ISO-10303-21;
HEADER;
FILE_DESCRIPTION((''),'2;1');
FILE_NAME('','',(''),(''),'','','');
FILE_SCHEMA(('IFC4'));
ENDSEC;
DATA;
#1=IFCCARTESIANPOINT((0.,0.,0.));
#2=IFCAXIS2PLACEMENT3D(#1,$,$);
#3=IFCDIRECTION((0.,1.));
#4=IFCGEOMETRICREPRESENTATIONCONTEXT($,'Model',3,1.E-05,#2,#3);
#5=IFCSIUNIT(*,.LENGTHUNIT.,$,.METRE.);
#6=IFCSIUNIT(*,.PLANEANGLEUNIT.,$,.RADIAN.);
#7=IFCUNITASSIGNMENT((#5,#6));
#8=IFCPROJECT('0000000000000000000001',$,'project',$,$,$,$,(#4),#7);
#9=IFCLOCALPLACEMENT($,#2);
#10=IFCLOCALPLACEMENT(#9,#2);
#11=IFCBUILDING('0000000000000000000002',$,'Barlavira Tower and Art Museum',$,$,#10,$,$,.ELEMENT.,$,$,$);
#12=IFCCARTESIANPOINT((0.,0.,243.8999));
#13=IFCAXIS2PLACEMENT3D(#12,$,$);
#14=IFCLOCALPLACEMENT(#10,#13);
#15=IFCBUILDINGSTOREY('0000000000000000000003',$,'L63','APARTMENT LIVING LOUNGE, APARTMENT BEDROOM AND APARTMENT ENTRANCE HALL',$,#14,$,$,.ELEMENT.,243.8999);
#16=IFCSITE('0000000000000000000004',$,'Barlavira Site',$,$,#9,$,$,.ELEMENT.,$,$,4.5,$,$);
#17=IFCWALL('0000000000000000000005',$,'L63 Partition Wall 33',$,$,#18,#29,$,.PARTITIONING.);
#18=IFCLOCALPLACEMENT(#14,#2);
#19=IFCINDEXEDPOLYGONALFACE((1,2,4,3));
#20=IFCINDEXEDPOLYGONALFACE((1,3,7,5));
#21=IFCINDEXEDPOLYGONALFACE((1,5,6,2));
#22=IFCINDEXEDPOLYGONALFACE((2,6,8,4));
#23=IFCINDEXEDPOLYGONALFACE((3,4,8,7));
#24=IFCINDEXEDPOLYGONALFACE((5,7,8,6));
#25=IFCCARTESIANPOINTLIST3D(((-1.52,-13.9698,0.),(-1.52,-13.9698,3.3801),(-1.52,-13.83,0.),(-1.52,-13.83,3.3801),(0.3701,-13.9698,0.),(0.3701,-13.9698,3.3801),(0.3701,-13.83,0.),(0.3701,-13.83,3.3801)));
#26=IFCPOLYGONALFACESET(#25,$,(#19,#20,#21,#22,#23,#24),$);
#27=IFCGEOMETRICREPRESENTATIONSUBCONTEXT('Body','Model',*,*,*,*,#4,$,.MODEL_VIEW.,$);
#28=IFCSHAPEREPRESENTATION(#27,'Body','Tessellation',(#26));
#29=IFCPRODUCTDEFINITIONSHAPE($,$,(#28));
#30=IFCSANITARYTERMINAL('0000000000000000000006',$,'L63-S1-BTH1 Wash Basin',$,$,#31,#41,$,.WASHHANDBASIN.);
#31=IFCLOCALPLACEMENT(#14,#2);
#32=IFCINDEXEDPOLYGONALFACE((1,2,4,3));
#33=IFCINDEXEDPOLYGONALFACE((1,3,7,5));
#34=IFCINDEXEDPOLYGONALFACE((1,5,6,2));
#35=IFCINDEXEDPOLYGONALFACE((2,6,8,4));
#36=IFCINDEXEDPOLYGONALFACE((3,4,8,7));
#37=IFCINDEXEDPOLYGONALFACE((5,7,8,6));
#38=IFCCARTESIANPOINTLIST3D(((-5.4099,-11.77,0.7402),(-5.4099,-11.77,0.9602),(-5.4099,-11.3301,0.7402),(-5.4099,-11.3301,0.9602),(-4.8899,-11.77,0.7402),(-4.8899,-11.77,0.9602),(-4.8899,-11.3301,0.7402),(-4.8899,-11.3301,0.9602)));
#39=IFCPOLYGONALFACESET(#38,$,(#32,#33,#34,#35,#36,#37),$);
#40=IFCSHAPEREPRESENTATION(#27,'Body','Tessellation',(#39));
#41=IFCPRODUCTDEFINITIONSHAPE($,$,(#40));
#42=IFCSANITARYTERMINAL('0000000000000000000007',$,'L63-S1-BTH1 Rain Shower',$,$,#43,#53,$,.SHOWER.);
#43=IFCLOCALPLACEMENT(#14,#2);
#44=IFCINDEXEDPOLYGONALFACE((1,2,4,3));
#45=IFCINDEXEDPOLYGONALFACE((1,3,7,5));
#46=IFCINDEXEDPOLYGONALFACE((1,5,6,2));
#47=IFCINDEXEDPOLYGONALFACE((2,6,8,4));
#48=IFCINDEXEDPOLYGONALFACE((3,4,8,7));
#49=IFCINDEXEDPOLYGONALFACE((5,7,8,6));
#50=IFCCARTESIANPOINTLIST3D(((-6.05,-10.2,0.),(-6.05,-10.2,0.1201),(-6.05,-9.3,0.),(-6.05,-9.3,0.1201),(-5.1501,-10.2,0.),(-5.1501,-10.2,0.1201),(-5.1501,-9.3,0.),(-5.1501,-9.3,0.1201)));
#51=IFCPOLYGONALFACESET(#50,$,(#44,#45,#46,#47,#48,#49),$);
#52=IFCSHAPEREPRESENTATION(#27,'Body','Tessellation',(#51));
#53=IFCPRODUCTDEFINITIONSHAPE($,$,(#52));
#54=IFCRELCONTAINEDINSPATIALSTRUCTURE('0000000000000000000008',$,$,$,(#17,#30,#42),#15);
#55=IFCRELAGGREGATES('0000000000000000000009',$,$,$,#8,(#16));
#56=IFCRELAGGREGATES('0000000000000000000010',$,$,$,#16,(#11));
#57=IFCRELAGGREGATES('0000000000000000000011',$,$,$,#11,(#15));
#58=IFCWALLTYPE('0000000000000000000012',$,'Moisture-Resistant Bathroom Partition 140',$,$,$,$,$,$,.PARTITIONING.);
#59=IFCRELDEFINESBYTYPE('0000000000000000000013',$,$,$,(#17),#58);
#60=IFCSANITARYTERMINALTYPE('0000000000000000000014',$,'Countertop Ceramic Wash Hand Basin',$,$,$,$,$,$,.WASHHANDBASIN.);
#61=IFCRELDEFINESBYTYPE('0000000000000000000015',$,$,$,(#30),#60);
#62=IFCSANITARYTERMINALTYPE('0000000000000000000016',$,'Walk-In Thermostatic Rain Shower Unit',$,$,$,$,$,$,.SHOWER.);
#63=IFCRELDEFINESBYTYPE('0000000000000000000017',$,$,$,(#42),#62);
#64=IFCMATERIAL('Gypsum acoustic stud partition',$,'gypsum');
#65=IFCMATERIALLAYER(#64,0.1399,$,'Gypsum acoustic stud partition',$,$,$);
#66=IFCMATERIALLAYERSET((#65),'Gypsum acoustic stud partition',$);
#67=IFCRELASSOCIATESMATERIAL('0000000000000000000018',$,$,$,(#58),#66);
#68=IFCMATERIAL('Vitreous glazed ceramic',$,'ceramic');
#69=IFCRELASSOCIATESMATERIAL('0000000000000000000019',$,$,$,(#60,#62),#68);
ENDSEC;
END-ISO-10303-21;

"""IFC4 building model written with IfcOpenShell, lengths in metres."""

from ifc_helpers import new_model, si_unit, direction, frame, frame_2d, origin, origin_2d, place, context, subcontext, project, spatial, rectangle, extrude, material, layer, layer_set, type_object, element, save


model = new_model("IFC4")

# Units and contexts
model_context = context("Model", 3, precision=1e-05, world=origin(), true_north=direction((0.0, 1.0)))
body_context = subcontext(model_context, "Body", "Model", "MODEL_VIEW")
ifc_project = project(units=[si_unit("LENGTHUNIT", "METRE"), si_unit("PLANEANGLEUNIT", "RADIAN")], contexts=[model_context])

# Site, building, storey
site_placement = place(None, origin())
site = spatial("IfcSite", under=ifc_project, at=site_placement, Name="Barlavira Site", CompositionType="ELEMENT", RefElevation=4.5)
building_placement = place(site_placement, origin())
building = spatial("IfcBuilding", under=site, at=building_placement, Name="Barlavira Tower and Art Museum", CompositionType="ELEMENT")
storey_placement = place(building_placement, frame((0.0, 0.0, 243.8999)))
storey = spatial("IfcBuildingStorey", under=building, at=storey_placement, Name="L63", Description="APARTMENT LIVING LOUNGE, APARTMENT BEDROOM AND APARTMENT ENTRANCE HALL", CompositionType="ELEMENT", Elevation=243.8999)

# Shared definitions
ifc_material_1 = material(Name="Gypsum acoustic stud partition", Category="gypsum")
ifc_layer_1 = layer(ifc_material_1, 0.1399, Name="Gypsum acoustic stud partition")
ifc_layer_set_1 = layer_set([ifc_layer_1], Name="Gypsum acoustic stud partition")
wall_type_1 = type_object("IfcWallType", Name="Moisture-Resistant Bathroom Partition 140", PredefinedType="PARTITIONING", material=ifc_layer_set_1)

# Wall
wall_1_placement = place(storey_placement, frame((-1.52, -13.8999, 0.0), z_axis=(0.0, 0.0, 1.0), x_axis=(1.0, 0.0, 0.0)))
element("IfcWall", 1, at=wall_1_placement, inside=storey, type_object=wall_type_1, Name="L63 Partition Wall 33", PredefinedType="PARTITIONING", context=body_context, shape_type="SweptSolid", body=[
    extrude(rectangle(XDim=1.8901, YDim=0.1399, at=frame_2d((0.9451, 0.0))), origin(), (0.0, 0.0, 1.0), 3.3801),
])

# Sanitary terminals
ifc_material_2 = material(Name="Vitreous glazed ceramic", Category="ceramic")
sanitary_terminal_type_1 = type_object("IfcSanitaryTerminalType", Name="Countertop Ceramic Wash Hand Basin", PredefinedType="WASHHANDBASIN", material=ifc_material_2)
sanitary_terminal_1_placement = place(storey_placement, frame((-5.1499, -11.55, 0.7402), z_axis=(0.0, 0.0, 1.0), x_axis=(1.0, 0.0, 0.0)))
element("IfcSanitaryTerminal", 2, at=sanitary_terminal_1_placement, inside=storey, type_object=sanitary_terminal_type_1, Name="L63-S1-BTH1 Wash Basin", PredefinedType="WASHHANDBASIN", context=body_context, shape_type="SweptSolid", body=[
    extrude(rectangle(XDim=0.52, YDim=0.4399, at=origin_2d()), origin(), (0.0, 0.0, 1.0), 0.22),
])
sanitary_terminal_type_2 = type_object("IfcSanitaryTerminalType", Name="Walk-In Thermostatic Rain Shower Unit", PredefinedType="SHOWER", material=ifc_material_2)
sanitary_terminal_2_placement = place(storey_placement, frame((-5.6001, -9.75, 0.0), z_axis=(0.0, 0.0, 1.0), x_axis=(1.0, 0.0, 0.0)))
element("IfcSanitaryTerminal", 3, at=sanitary_terminal_2_placement, inside=storey, type_object=sanitary_terminal_type_2, Name="L63-S1-BTH1 Rain Shower", PredefinedType="SHOWER", context=body_context, shape_type="SweptSolid", body=[
    extrude(rectangle(XDim=0.8999, YDim=0.8999, at=origin_2d()), origin(), (0.0, 0.0, 1.0), 0.1201),
])

save(model, "model.ifc")
